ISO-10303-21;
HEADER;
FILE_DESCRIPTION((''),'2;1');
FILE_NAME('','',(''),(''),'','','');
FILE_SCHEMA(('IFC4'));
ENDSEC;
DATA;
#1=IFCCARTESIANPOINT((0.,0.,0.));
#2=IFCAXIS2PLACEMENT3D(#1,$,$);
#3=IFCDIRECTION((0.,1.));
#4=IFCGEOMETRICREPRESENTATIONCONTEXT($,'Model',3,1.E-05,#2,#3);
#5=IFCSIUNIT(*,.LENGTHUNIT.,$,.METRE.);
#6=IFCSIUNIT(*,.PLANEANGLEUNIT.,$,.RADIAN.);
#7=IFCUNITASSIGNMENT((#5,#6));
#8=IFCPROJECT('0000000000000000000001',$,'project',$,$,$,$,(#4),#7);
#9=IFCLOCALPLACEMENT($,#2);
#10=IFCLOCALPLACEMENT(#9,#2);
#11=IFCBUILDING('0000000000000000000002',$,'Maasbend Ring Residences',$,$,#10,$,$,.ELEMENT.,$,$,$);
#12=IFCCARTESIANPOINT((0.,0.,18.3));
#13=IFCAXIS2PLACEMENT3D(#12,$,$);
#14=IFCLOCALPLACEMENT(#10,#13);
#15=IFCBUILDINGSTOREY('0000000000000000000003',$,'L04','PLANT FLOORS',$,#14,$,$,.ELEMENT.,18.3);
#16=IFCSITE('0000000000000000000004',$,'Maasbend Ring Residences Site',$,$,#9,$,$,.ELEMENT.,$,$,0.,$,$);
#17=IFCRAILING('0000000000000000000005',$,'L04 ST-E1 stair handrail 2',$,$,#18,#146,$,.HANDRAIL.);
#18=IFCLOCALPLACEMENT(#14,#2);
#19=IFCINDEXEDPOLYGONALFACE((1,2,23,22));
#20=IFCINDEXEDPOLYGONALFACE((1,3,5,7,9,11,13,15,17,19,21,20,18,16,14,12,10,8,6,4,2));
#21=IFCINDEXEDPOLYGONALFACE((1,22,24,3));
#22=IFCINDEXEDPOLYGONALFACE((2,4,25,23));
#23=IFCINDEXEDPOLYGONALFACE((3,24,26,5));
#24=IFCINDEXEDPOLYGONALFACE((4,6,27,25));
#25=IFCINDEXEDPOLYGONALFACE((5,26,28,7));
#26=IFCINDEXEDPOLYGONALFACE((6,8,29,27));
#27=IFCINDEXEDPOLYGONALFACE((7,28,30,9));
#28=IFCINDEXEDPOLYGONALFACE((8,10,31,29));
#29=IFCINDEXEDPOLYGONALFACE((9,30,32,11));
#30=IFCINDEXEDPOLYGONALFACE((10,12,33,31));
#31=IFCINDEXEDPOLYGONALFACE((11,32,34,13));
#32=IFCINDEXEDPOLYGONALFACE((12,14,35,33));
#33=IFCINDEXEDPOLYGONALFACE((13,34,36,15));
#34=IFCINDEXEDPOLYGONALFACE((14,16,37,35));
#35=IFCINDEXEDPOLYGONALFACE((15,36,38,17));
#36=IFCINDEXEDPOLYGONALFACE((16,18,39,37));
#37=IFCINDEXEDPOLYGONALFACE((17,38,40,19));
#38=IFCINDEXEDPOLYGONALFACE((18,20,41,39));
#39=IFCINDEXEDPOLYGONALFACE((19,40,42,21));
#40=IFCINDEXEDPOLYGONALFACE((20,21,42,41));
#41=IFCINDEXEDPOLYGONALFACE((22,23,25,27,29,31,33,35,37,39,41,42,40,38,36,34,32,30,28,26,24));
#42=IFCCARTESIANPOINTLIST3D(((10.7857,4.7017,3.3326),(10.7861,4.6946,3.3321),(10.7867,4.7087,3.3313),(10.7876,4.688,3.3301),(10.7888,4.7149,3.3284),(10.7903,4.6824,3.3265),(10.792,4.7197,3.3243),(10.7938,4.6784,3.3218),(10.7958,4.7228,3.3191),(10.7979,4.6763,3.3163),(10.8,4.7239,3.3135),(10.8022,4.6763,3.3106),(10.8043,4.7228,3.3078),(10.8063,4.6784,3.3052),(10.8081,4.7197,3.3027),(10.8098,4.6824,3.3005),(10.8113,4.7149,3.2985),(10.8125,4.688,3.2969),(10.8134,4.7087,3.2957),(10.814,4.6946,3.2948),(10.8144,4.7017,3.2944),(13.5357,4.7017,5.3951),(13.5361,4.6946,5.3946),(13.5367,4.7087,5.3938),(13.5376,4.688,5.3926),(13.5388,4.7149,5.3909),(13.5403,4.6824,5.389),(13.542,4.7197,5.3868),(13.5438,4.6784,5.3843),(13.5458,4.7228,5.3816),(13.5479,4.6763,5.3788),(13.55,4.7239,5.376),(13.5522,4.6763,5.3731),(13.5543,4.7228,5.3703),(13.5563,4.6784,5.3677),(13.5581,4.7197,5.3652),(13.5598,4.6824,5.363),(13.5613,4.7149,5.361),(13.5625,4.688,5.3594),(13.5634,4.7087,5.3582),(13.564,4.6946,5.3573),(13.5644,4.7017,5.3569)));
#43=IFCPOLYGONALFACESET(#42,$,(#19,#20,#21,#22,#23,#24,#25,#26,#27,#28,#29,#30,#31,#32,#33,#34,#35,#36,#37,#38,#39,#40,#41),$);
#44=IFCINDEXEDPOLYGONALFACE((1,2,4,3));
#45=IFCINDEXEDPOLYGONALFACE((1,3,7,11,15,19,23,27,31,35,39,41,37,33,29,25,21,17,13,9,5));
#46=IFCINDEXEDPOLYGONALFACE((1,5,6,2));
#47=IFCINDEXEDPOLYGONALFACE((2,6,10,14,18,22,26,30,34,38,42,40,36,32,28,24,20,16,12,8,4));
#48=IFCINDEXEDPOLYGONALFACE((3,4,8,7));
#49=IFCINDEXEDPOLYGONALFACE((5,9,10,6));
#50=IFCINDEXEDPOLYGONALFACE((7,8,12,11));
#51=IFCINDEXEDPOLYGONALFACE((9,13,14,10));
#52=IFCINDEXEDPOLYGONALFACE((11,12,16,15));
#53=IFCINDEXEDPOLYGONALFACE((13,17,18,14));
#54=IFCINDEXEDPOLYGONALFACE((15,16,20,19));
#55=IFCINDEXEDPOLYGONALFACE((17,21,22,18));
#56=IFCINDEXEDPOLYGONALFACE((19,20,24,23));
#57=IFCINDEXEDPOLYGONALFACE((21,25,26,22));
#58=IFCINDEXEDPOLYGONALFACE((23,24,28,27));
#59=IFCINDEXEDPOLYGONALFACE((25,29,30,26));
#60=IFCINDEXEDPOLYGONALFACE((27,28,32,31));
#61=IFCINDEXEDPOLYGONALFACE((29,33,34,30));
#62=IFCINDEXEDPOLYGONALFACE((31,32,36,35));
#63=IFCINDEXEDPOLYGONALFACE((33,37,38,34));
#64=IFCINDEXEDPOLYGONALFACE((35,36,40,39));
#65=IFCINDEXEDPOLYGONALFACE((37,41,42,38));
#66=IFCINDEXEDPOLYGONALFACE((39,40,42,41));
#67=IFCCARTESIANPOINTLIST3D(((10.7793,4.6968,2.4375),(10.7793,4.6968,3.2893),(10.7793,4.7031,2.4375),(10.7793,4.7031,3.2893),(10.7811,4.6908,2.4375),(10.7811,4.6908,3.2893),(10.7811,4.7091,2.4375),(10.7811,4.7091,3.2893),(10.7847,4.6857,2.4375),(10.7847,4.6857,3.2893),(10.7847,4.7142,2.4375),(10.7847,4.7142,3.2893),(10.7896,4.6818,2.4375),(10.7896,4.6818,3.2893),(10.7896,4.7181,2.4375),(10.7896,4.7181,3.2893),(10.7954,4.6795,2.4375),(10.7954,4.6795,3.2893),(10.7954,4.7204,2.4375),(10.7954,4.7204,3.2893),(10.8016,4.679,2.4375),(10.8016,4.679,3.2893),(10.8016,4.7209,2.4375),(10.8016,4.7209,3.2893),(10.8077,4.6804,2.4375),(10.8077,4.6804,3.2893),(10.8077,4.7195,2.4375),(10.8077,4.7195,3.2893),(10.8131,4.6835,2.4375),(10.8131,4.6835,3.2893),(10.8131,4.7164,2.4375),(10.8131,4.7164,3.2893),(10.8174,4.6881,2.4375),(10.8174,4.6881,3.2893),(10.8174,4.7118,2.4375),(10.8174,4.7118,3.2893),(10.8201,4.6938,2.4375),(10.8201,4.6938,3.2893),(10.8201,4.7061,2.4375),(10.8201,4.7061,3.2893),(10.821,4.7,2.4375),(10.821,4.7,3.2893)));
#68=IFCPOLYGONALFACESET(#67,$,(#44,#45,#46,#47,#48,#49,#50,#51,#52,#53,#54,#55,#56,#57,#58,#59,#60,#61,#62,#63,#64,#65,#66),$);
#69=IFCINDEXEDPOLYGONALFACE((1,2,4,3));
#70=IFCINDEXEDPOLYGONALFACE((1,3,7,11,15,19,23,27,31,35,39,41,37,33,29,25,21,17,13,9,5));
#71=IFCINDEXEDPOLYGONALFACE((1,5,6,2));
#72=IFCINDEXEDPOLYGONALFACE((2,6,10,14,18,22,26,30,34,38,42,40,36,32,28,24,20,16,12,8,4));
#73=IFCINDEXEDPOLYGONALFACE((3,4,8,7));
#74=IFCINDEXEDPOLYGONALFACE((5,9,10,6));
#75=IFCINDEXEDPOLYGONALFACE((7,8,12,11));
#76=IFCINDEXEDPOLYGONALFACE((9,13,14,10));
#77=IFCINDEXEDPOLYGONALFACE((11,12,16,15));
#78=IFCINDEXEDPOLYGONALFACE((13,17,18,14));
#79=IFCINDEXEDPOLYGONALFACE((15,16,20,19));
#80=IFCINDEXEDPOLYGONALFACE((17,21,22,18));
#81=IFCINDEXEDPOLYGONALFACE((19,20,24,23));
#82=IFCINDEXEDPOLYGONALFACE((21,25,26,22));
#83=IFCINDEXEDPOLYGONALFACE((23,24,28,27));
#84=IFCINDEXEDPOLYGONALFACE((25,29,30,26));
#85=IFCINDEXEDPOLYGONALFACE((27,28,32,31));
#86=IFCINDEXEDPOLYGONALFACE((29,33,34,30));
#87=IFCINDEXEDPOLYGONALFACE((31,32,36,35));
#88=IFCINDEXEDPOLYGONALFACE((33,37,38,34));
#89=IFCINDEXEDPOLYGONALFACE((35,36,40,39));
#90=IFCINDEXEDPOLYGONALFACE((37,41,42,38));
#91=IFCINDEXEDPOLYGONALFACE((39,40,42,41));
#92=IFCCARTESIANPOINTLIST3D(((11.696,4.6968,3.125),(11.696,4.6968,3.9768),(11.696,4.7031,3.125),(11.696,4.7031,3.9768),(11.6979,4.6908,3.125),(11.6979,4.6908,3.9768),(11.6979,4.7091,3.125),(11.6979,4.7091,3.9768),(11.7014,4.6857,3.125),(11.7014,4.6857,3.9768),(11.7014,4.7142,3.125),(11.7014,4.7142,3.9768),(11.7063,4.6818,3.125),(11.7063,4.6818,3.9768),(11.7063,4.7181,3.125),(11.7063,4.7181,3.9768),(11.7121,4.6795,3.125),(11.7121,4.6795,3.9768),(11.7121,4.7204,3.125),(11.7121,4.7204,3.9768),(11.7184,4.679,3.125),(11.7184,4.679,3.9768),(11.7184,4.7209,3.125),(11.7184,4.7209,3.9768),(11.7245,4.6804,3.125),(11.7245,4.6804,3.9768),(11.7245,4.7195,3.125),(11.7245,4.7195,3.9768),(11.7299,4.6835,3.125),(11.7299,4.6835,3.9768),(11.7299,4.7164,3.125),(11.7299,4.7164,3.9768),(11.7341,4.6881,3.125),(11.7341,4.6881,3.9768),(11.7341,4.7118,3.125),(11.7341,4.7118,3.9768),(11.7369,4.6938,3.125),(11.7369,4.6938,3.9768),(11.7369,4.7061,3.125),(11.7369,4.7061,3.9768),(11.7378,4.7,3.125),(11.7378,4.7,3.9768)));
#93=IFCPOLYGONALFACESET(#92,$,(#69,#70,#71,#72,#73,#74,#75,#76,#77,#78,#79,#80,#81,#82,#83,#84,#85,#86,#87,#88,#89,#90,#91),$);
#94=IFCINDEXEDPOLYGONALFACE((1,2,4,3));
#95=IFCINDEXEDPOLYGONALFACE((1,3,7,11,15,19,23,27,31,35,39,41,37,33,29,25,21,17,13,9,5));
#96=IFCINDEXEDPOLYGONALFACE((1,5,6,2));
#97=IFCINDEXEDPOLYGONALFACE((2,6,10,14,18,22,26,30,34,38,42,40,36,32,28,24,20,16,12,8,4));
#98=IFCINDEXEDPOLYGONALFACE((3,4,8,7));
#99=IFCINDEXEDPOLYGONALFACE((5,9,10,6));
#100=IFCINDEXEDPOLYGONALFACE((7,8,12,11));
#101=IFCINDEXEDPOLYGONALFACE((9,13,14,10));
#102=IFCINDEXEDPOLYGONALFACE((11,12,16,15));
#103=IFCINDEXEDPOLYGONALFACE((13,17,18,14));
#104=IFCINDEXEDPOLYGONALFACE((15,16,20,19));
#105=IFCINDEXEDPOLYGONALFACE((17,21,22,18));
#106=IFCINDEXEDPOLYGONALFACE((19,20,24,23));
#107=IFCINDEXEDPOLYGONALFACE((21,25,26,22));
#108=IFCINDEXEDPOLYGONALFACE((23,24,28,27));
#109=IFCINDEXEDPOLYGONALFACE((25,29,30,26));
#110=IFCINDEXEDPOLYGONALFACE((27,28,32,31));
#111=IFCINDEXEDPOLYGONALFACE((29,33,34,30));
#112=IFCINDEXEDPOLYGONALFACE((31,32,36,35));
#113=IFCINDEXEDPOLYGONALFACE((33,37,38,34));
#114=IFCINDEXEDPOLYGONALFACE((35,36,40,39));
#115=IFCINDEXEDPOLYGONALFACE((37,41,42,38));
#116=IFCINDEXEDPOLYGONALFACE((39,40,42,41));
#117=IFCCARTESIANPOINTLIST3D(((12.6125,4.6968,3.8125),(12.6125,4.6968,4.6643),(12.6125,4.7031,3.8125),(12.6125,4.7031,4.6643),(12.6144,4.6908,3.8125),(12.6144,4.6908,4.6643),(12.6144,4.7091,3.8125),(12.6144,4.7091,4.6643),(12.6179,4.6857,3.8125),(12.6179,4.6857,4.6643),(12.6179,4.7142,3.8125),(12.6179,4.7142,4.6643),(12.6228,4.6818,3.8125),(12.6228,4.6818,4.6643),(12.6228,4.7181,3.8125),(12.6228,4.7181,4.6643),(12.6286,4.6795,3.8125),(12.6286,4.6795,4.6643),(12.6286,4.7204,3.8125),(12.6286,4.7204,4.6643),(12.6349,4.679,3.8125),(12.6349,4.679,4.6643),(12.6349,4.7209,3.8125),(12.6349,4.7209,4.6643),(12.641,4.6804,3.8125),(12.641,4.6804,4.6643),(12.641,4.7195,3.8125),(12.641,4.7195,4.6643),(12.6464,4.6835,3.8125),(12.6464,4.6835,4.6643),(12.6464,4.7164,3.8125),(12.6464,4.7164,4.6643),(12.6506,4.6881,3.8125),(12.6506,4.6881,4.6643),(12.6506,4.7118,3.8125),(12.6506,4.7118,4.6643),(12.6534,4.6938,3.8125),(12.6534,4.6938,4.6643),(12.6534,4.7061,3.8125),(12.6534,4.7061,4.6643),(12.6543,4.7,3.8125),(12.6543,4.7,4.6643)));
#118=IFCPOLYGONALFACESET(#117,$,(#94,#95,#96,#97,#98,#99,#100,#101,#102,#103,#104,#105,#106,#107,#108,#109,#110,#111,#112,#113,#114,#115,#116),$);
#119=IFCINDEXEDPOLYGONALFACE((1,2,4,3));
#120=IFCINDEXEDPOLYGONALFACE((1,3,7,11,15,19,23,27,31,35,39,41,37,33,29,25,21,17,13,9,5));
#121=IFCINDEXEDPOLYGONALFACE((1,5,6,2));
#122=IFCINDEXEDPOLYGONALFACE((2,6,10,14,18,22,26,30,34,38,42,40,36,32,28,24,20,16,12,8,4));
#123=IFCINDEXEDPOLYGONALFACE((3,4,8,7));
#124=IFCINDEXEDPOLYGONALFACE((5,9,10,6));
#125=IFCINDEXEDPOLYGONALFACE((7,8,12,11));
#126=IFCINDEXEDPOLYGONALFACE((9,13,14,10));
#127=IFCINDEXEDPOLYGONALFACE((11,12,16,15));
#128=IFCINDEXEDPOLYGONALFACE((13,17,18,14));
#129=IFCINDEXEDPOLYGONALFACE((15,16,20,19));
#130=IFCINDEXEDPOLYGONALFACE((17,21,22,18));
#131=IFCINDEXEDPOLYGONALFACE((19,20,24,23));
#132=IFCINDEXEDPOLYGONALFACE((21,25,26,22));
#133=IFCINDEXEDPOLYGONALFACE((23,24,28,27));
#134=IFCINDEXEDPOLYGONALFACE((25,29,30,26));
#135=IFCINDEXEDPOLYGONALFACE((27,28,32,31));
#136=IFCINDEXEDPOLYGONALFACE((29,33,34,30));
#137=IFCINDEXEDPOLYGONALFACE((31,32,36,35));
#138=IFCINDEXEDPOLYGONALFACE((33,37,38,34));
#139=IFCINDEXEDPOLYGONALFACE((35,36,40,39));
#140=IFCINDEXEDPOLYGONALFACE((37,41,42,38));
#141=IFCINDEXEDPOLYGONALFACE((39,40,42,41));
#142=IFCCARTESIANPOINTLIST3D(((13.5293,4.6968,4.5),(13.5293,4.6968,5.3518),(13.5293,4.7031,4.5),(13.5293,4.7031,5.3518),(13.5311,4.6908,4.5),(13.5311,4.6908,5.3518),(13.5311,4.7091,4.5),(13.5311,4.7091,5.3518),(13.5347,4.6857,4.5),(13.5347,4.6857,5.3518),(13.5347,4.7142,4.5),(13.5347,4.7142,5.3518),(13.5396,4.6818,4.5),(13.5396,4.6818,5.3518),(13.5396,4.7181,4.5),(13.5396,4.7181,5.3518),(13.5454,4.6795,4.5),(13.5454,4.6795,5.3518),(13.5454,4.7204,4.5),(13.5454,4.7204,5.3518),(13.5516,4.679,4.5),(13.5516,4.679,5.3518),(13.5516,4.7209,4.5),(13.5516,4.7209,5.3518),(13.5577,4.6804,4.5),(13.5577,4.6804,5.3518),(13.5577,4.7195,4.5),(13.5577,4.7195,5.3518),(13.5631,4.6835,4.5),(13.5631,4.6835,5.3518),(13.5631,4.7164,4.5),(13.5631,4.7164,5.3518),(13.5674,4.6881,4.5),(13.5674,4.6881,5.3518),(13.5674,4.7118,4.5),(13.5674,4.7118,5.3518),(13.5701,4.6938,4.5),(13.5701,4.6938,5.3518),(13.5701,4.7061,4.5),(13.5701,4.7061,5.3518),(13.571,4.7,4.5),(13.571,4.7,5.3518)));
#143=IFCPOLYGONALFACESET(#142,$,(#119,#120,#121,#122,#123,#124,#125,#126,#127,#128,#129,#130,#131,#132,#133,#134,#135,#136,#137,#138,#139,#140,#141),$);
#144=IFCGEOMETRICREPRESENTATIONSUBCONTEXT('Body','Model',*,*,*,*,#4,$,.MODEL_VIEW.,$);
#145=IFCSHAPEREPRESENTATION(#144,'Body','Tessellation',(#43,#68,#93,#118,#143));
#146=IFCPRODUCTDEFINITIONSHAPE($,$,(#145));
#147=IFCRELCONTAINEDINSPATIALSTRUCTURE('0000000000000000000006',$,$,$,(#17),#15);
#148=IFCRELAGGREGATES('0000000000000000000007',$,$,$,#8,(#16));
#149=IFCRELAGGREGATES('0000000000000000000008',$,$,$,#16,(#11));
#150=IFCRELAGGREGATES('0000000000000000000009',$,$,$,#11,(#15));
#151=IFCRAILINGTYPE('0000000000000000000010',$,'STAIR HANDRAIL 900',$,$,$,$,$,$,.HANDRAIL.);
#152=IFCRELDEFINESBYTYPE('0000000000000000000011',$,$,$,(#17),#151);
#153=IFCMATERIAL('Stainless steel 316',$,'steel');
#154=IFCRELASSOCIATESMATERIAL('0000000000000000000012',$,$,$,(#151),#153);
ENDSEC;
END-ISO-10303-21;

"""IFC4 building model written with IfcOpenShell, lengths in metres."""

from ifc_helpers import new_model, si_unit, direction, frame, origin, origin_2d, place, context, subcontext, project, spatial, circle, extrude, material, type_object, element, save


model = new_model("IFC4")

# Units and contexts
model_context = context("Model", 3, precision=1e-05, world=origin(), true_north=direction((0.0, 1.0)))
body_context = subcontext(model_context, "Body", "Model", "MODEL_VIEW")
ifc_project = project(units=[si_unit("LENGTHUNIT", "METRE"), si_unit("PLANEANGLEUNIT", "RADIAN")], contexts=[model_context])

# Site, building, storey
site_placement = place(None, origin())
site = spatial("IfcSite", under=ifc_project, at=site_placement, Name="Maasbend Ring Residences Site", CompositionType="ELEMENT", RefElevation=0.0)
building_placement = place(site_placement, origin())
building = spatial("IfcBuilding", under=site, at=building_placement, Name="Maasbend Ring Residences", CompositionType="ELEMENT")
storey_placement = place(building_placement, frame((0.0, 0.0, 18.3)))
storey = spatial("IfcBuildingStorey", under=building, at=storey_placement, Name="L04", Description="PLANT FLOORS", CompositionType="ELEMENT", Elevation=18.3)

# Railing
ifc_material_1 = material(Name="Stainless steel 316", Category="steel")
railing_type = type_object("IfcRailingType", Name="STAIR HANDRAIL 900", PredefinedType="HANDRAIL", material=ifc_material_1)
railing_placement = place(storey_placement, frame((10.8, 4.7, 2.4375)))
element("IfcRailing", 1, at=railing_placement, inside=storey, type_object=railing_type, Name="L04 ST-E1 stair handrail 2", PredefinedType="HANDRAIL", context=body_context, shape_type="SweptSolid", body=[
    extrude(circle(Radius=0.0239, at=origin_2d()), frame((0.0, 0.0, 0.876), z_axis=(0.8, 0.0, 0.6), x_axis=(0.0, 1.0, 0.0)), (0.0, 0.0, 1.0), 3.4375),
    extrude(circle(Radius=0.021, at=origin_2d()), origin(), (0.0, 0.0, 1.0), 0.8518),
    extrude(circle(Radius=0.021, at=origin_2d()), frame((0.9167, 0.0, 0.6875)), (0.0, 0.0, 1.0), 0.8518),
    extrude(circle(Radius=0.021, at=origin_2d()), frame((1.8333, 0.0, 1.375)), (0.0, 0.0, 1.0), 0.8518),
    extrude(circle(Radius=0.021, at=origin_2d()), frame((2.75, 0.0, 2.0625)), (0.0, 0.0, 1.0), 0.8518),
])

save(model, "model.ifc")
